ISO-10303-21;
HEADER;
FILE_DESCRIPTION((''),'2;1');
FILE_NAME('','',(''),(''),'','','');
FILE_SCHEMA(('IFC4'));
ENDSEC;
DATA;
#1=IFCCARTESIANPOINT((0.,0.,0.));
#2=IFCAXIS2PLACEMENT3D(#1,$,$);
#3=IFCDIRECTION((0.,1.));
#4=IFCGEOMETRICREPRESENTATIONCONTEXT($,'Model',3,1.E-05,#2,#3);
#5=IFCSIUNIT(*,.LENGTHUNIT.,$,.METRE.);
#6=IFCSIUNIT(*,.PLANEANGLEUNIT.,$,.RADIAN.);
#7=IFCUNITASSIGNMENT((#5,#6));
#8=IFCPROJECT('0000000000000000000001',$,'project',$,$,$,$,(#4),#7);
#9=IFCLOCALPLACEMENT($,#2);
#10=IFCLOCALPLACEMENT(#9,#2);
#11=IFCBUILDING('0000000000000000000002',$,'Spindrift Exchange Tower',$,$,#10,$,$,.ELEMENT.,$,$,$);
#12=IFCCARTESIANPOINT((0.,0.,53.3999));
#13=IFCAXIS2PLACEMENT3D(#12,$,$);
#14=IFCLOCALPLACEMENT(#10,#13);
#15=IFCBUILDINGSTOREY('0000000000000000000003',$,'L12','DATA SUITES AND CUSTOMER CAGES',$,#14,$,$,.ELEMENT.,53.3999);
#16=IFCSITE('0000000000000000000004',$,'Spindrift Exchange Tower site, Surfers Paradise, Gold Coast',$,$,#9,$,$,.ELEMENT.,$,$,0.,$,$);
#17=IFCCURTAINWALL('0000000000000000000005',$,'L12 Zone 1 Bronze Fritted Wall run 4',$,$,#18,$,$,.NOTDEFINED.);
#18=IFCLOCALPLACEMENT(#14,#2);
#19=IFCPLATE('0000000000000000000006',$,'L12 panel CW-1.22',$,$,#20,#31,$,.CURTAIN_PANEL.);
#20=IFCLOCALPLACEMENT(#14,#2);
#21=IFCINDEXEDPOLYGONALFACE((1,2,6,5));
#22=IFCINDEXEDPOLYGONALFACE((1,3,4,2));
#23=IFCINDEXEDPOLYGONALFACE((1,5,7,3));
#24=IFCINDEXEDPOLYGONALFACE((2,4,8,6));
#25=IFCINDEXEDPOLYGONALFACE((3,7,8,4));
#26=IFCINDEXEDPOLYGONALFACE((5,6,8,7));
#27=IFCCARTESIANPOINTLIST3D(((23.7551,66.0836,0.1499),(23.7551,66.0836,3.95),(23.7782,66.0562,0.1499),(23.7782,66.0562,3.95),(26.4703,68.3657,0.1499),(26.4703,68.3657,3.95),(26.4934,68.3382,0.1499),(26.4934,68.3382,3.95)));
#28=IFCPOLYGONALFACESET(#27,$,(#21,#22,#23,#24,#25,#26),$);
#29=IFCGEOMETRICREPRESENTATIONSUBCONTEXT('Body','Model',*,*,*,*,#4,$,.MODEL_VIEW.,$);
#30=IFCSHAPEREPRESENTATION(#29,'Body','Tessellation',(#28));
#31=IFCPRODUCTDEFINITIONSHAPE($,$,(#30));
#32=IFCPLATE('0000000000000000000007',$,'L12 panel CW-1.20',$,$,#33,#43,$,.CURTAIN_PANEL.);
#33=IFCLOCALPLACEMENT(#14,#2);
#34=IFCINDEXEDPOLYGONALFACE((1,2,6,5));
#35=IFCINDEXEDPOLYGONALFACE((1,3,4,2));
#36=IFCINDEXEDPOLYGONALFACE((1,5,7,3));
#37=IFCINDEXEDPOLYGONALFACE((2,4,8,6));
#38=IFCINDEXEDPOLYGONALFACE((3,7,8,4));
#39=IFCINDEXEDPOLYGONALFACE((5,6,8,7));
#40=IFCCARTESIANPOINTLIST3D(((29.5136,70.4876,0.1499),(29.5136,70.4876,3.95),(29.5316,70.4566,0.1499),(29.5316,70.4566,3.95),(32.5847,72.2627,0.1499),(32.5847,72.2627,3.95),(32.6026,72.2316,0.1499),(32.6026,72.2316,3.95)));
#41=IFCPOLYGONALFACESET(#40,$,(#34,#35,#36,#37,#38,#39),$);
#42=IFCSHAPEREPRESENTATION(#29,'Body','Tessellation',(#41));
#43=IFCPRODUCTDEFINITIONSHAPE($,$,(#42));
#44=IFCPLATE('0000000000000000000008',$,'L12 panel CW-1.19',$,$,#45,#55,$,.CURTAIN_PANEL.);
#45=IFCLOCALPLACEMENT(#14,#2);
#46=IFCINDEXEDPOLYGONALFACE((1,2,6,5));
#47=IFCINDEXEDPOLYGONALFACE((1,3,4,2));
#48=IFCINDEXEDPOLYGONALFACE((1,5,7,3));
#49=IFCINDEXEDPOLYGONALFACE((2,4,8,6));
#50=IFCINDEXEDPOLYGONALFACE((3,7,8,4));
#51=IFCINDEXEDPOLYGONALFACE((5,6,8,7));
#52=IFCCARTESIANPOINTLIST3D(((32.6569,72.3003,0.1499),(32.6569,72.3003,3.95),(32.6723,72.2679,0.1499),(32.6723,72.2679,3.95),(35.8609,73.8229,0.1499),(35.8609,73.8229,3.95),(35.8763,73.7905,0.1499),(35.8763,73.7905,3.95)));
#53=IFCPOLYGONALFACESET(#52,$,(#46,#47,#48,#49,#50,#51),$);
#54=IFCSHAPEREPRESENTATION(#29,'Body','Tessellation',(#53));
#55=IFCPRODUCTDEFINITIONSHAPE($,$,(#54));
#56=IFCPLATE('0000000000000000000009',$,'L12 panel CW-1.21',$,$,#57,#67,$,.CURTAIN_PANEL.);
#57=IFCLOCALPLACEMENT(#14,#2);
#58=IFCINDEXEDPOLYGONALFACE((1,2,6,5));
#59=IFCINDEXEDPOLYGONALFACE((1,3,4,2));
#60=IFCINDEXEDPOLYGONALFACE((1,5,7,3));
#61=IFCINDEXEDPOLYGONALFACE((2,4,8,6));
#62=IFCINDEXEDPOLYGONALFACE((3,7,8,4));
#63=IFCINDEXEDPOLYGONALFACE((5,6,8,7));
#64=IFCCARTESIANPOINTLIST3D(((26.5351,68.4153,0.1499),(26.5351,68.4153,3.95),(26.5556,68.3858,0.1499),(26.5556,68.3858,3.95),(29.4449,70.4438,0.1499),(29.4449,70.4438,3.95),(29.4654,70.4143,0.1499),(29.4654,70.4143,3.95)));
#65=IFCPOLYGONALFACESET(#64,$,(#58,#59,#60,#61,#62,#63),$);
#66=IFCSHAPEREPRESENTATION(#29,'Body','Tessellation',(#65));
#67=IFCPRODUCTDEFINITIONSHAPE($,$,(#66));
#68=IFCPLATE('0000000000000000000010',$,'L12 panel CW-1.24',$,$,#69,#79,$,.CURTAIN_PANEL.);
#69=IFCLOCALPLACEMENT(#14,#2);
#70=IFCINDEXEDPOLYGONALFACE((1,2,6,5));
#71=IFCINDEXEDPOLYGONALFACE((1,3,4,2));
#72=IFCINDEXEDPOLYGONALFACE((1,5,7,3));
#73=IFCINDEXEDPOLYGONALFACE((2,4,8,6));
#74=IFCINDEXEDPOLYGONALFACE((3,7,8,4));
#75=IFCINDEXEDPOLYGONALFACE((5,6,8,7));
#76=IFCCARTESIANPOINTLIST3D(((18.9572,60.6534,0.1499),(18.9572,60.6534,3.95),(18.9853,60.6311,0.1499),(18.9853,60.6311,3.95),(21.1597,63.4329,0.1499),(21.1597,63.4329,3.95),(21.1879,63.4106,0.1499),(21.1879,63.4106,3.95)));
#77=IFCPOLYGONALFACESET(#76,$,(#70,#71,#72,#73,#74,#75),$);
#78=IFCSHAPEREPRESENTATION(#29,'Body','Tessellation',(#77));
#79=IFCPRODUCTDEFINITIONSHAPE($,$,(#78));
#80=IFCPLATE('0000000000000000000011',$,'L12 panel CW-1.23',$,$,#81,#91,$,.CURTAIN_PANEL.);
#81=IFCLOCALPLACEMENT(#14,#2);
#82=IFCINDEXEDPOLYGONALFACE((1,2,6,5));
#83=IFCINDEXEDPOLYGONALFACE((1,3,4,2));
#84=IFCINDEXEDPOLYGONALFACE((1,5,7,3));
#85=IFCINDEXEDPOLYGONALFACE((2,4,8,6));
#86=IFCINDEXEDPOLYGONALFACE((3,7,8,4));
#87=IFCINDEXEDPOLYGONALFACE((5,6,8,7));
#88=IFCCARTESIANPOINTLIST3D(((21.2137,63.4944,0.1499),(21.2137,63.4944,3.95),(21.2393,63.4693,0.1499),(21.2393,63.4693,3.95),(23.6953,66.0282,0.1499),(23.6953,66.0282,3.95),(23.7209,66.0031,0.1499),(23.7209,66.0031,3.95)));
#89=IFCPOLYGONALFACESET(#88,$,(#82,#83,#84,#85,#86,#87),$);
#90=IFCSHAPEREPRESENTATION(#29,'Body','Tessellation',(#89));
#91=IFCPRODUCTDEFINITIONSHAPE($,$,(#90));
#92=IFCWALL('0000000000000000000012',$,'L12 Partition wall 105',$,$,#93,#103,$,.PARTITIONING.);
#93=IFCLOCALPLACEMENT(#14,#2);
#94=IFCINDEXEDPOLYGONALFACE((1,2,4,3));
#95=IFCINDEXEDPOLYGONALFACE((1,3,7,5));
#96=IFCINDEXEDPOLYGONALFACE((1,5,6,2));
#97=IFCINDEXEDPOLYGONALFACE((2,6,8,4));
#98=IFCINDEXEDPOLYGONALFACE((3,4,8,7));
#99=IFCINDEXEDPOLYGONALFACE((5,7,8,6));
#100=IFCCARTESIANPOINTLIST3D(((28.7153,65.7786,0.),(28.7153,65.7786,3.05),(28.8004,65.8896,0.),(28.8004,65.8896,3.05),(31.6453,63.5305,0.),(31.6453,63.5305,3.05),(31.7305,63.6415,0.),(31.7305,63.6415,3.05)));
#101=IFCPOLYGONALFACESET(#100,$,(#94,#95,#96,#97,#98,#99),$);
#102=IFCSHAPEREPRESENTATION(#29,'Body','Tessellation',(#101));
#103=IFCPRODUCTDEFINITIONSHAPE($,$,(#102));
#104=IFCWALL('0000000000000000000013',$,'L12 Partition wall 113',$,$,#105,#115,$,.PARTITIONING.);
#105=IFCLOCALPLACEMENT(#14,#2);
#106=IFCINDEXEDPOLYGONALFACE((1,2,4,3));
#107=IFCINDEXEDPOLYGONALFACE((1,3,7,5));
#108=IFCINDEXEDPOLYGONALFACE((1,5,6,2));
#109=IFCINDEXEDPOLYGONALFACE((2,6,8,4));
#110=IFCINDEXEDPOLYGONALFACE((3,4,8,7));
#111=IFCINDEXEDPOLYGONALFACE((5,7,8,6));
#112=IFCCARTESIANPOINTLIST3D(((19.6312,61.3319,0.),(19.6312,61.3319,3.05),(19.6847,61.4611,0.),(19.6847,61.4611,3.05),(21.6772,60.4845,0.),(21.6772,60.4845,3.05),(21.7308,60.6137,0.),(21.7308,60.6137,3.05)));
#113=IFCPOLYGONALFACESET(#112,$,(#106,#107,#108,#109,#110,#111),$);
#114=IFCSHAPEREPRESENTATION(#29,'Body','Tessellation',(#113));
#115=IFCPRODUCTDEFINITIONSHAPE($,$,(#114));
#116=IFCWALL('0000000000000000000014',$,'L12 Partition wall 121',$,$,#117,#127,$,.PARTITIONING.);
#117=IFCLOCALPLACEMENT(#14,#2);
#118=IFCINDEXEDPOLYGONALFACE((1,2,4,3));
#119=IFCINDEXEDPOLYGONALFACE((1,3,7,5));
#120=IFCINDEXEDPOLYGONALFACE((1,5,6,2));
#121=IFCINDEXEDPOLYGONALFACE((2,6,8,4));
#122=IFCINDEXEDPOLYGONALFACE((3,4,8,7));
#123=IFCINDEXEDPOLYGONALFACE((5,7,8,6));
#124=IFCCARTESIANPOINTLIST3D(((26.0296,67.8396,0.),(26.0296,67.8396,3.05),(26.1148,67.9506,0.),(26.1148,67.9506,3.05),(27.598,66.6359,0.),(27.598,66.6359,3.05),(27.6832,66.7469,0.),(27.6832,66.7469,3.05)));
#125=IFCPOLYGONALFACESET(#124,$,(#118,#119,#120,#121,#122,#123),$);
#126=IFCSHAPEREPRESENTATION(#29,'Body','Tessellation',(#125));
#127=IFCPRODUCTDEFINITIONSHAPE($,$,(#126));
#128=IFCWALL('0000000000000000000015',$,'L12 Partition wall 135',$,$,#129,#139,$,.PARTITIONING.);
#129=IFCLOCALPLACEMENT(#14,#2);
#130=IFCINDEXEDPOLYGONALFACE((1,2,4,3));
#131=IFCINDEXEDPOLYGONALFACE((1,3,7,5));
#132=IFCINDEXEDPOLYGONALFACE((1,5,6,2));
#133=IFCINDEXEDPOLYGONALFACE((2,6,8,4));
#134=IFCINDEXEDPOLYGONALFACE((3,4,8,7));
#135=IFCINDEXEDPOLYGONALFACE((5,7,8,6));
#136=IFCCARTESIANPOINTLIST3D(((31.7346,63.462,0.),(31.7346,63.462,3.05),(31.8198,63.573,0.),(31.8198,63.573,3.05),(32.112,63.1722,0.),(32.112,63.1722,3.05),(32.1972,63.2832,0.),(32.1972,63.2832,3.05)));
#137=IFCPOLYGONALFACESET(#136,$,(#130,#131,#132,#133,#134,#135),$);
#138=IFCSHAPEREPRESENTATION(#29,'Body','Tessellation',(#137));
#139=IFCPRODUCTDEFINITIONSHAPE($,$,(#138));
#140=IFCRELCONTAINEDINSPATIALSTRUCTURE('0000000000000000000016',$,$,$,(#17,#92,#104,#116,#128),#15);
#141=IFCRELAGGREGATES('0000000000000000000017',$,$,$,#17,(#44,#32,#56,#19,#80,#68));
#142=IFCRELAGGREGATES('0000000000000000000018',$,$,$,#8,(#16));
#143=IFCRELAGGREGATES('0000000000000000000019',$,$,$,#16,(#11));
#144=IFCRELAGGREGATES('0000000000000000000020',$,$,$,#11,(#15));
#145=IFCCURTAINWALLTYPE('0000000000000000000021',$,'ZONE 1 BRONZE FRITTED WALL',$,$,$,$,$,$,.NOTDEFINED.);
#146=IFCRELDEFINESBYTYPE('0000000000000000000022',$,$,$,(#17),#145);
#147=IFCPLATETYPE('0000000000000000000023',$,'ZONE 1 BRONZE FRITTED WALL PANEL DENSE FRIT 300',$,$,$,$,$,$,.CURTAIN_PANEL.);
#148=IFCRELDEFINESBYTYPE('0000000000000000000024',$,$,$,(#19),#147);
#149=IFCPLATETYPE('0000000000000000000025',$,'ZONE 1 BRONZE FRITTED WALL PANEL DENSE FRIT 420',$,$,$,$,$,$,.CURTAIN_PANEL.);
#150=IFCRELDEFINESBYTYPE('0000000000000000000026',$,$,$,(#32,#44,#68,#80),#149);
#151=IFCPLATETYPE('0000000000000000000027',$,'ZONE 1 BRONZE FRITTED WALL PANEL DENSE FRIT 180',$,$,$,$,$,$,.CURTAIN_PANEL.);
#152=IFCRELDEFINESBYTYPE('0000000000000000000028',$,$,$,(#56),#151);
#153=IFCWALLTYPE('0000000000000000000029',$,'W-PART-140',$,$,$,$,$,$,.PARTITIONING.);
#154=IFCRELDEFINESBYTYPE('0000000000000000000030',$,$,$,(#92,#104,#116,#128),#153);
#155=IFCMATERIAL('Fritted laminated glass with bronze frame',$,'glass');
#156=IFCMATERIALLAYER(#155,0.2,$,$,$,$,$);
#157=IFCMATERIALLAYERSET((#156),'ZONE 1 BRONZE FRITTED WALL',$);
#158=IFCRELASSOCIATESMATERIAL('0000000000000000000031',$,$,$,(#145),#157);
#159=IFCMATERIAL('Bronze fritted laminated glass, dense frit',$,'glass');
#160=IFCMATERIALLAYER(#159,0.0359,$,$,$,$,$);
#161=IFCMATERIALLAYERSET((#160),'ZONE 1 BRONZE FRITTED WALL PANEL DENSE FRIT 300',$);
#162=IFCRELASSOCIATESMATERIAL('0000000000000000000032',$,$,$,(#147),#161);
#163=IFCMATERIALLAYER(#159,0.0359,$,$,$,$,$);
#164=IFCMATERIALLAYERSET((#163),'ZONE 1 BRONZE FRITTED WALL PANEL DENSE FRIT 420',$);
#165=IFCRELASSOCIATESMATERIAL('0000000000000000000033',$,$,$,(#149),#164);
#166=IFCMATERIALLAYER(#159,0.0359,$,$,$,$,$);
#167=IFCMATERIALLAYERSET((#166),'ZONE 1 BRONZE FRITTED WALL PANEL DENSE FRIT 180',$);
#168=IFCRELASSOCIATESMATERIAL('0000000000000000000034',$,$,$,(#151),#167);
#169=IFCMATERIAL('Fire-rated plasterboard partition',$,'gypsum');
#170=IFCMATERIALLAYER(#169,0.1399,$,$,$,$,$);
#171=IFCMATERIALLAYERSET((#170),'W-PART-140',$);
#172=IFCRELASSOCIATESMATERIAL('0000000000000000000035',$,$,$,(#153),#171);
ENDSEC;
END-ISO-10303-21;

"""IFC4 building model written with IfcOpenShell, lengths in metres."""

from ifc_helpers import new_model, si_unit, direction, frame, frame_2d, origin, origin_2d, place, context, subcontext, project, spatial, rectangle, extrude, source, transform, mapped, material, layer, layer_set, type_object, element, aggregate, save


model = new_model("IFC4")

# Units and contexts
model_context = context("Model", 3, precision=1e-05, world=origin(), true_north=direction((0.0, 1.0)))
body_context = subcontext(model_context, "Body", "Model", "MODEL_VIEW")
ifc_project = project(units=[si_unit("LENGTHUNIT", "METRE"), si_unit("PLANEANGLEUNIT", "RADIAN")], contexts=[model_context])

# Site, building, storey
site_placement = place(None, origin())
site = spatial("IfcSite", under=ifc_project, at=site_placement, Name="Spindrift Exchange Tower site, Surfers Paradise, Gold Coast", CompositionType="ELEMENT", RefElevation=0.0)
building_placement = place(site_placement, origin())
building = spatial("IfcBuilding", under=site, at=building_placement, Name="Spindrift Exchange Tower", CompositionType="ELEMENT")
storey_placement = place(building_placement, frame((0.0, 0.0, 53.3999)))
storey = spatial("IfcBuildingStorey", under=building, at=storey_placement, Name="L12", Description="DATA SUITES AND CUSTOMER CAGES", CompositionType="ELEMENT", Elevation=53.3999)

# Curtain wall
ifc_material_1 = material(Name="Fritted laminated glass with bronze frame", Category="glass")
ifc_layer_1 = layer(ifc_material_1, 0.2)
ifc_layer_set_1 = layer_set([ifc_layer_1], Name="ZONE 1 BRONZE FRITTED WALL")
curtain_wall_type = type_object("IfcCurtainWallType", Name="ZONE 1 BRONZE FRITTED WALL", PredefinedType="NOTDEFINED", material=ifc_layer_set_1)
curtain_wall_1_placement = place(storey_placement, origin())
curtain_wall_1 = element("IfcCurtainWall", 1, at=curtain_wall_1_placement, inside=storey, type_object=curtain_wall_type, Name="L12 Zone 1 Bronze Fritted Wall run 4", PredefinedType="NOTDEFINED")

# Plates
ifc_material_2 = material(Name="Bronze fritted laminated glass, dense frit", Category="glass")
ifc_layer_2 = layer(ifc_material_2, 0.0359)
ifc_layer_set_2 = layer_set([ifc_layer_2], Name="ZONE 1 BRONZE FRITTED WALL PANEL DENSE FRIT 300")
plate_type_1 = type_object("IfcPlateType", Name="ZONE 1 BRONZE FRITTED WALL PANEL DENSE FRIT 300", PredefinedType="CURTAIN_PANEL", material=ifc_layer_set_2)
shared_shape_1 = source(origin(), body_context, "Body", "SweptSolid", [
    extrude(rectangle(XDim=3.5469, YDim=0.0359, at=origin_2d()), origin(), (0.0, 0.0, 1.0), 3.8),
])
plate_1_placement = place(storey_placement, frame((25.1243, 67.2109, 0.1499), z_axis=(0.0, 0.0, 1.0), x_axis=(-0.765523, -0.643409, 0.0)))
plate_1 = element("IfcPlate", 2, at=plate_1_placement, type_object=plate_type_1, Name="L12 panel CW-1.22", PredefinedType="CURTAIN_PANEL", context=body_context, shape_type="MappedRepresentation", body=[
    mapped(shared_shape_1, transform((0.0, 0.0, 0.0), scale=1.0)),
])
ifc_layer_3 = layer(ifc_material_2, 0.0359)
ifc_layer_set_3 = layer_set([ifc_layer_3], Name="ZONE 1 BRONZE FRITTED WALL PANEL DENSE FRIT 420")
plate_type_2 = type_object("IfcPlateType", Name="ZONE 1 BRONZE FRITTED WALL PANEL DENSE FRIT 420", PredefinedType="CURTAIN_PANEL", material=ifc_layer_set_3)
shared_shape_2 = source(origin(), body_context, "Body", "SweptSolid", [
    extrude(rectangle(XDim=3.5471, YDim=0.0359, at=origin_2d()), origin(), (0.0, 0.0, 1.0), 3.8),
])
plate_2_placement = place(storey_placement, frame((31.0581, 71.3596, 0.1499), z_axis=(0.0, 0.0, 1.0), x_axis=(-0.865788, -0.500411, 0.0)))
plate_2 = element("IfcPlate", 3, at=plate_2_placement, type_object=plate_type_2, Name="L12 panel CW-1.20", PredefinedType="CURTAIN_PANEL", context=body_context, shape_type="MappedRepresentation", body=[
    mapped(shared_shape_2, transform((0.0, 0.0, 0.0), scale=1.0)),
])
shared_shape_3 = source(origin(), body_context, "Body", "SweptSolid", [
    extrude(rectangle(XDim=3.5474, YDim=0.0359, at=origin_2d()), origin(), (0.0, 0.0, 1.0), 3.8),
])
plate_3_placement = place(storey_placement, frame((34.2666, 73.0454, 0.1499), z_axis=(0.0, 0.0, 1.0), x_axis=(-0.903202, -0.429216, 0.0)))
plate_3 = element("IfcPlate", 4, at=plate_3_placement, type_object=plate_type_2, Name="L12 panel CW-1.19", PredefinedType="CURTAIN_PANEL", context=body_context, shape_type="MappedRepresentation", body=[
    mapped(shared_shape_3, transform((0.0, 0.0, 0.0), scale=1.0)),
])
ifc_layer_4 = layer(ifc_material_2, 0.0359)
ifc_layer_set_4 = layer_set([ifc_layer_4], Name="ZONE 1 BRONZE FRITTED WALL PANEL DENSE FRIT 180")
plate_type_3 = type_object("IfcPlateType", Name="ZONE 1 BRONZE FRITTED WALL PANEL DENSE FRIT 180", PredefinedType="CURTAIN_PANEL", material=ifc_layer_set_4)
shared_shape_4 = source(origin(), body_context, "Body", "SweptSolid", [
    extrude(rectangle(XDim=3.5471, YDim=0.0359, at=origin_2d()), origin(), (0.0, 0.0, 1.0), 3.8),
])
plate_4_placement = place(storey_placement, frame((28.0002, 69.4148, 0.1499), z_axis=(0.0, 0.0, 1.0), x_axis=(-0.820342, -0.571874, 0.0)))
plate_4 = element("IfcPlate", 5, at=plate_4_placement, type_object=plate_type_3, Name="L12 panel CW-1.21", PredefinedType="CURTAIN_PANEL", context=body_context, shape_type="MappedRepresentation", body=[
    mapped(shared_shape_4, transform((0.0, 0.0, 0.0), scale=1.0)),
])
shared_shape_5 = source(origin(), body_context, "Body", "SweptSolid", [
    extrude(rectangle(XDim=3.5464, YDim=0.0359, at=origin_2d()), origin(), (0.0, 0.0, 1.0), 3.8),
])
plate_5_placement = place(storey_placement, frame((20.0725, 62.032, 0.1499), z_axis=(0.0, 0.0, 1.0), x_axis=(-0.621079, -0.783748, 0.0)))
plate_5 = element("IfcPlate", 6, at=plate_5_placement, type_object=plate_type_2, Name="L12 panel CW-1.24", PredefinedType="CURTAIN_PANEL", context=body_context, shape_type="MappedRepresentation", body=[
    mapped(shared_shape_5, transform((0.0, 0.0, 0.0), scale=1.0)),
])
shared_shape_6 = source(origin(), body_context, "Body", "SweptSolid", [
    extrude(rectangle(XDim=3.5466, YDim=0.0359, at=origin_2d()), origin(), (0.0, 0.0, 1.0), 3.8),
])
plate_6_placement = place(storey_placement, frame((22.4673, 64.7488, 0.1499), z_axis=(0.0, 0.0, 1.0), x_axis=(-0.699706, -0.714431, 0.0)))
plate_6 = element("IfcPlate", 7, at=plate_6_placement, type_object=plate_type_2, Name="L12 panel CW-1.23", PredefinedType="CURTAIN_PANEL", context=body_context, shape_type="MappedRepresentation", body=[
    mapped(shared_shape_6, transform((0.0, 0.0, 0.0), scale=1.0)),
])
aggregate(curtain_wall_1, [plate_3, plate_2, plate_4, plate_1, plate_6, plate_5])

# Walls
ifc_material_3 = material(Name="Fire-rated plasterboard partition", Category="gypsum")
ifc_layer_5 = layer(ifc_material_3, 0.1399)
ifc_layer_set_5 = layer_set([ifc_layer_5], Name="W-PART-140")
wall_type = type_object("IfcWallType", Name="W-PART-140", PredefinedType="PARTITIONING", material=ifc_layer_set_5)
wall_1_placement = place(storey_placement, frame((31.688, 63.5859, 0.0), z_axis=(0.0, 0.0, 1.0), x_axis=(-0.793375, 0.608733, 0.0)))
element("IfcWall", 8, at=wall_1_placement, inside=storey, type_object=wall_type, Name="L12 Partition wall 105", PredefinedType="PARTITIONING", context=body_context, shape_type="SweptSolid", body=[
    extrude(rectangle(XDim=3.6931, YDim=0.1399, at=frame_2d((1.8467, 0.0))), origin(), (0.0, 0.0, 1.0), 3.05),
])
wall_2_placement = place(storey_placement, frame((21.7041, 60.5491, 0.0), z_axis=(0.0, 0.0, 1.0), x_axis=(-0.9239, 0.382634, 0.0)))
element("IfcWall", 9, at=wall_2_placement, inside=storey, type_object=wall_type, Name="L12 Partition wall 113", PredefinedType="PARTITIONING", context=body_context, shape_type="SweptSolid", body=[
    extrude(rectangle(XDim=2.2146, YDim=0.1399, at=frame_2d((1.1074, 0.0))), origin(), (0.0, 0.0, 1.0), 3.05),
])
wall_3_placement = place(storey_placement, frame((27.6406, 66.6914, 0.0), z_axis=(0.0, 0.0, 1.0), x_axis=(-0.793312, 0.608815, 0.0)))
element("IfcWall", 10, at=wall_3_placement, inside=storey, type_object=wall_type, Name="L12 Partition wall 121", PredefinedType="PARTITIONING", context=body_context, shape_type="SweptSolid", body=[
    extrude(rectangle(XDim=1.9771, YDim=0.1399, at=frame_2d((0.9885, 0.0))), origin(), (0.0, 0.0, 1.0), 3.05),
])
wall_4_placement = place(storey_placement, frame((32.1545, 63.2278, 0.0), z_axis=(0.0, 0.0, 1.0), x_axis=(-0.793177, 0.608991, 0.0)))
element("IfcWall", 11, at=wall_4_placement, inside=storey, type_object=wall_type, Name="L12 Partition wall 135", PredefinedType="PARTITIONING", context=body_context, shape_type="SweptSolid", body=[
    extrude(rectangle(XDim=0.4758, YDim=0.1399, at=frame_2d((0.2378, 0.0))), origin(), (0.0, 0.0, 1.0), 3.05),
])

save(model, "model.ifc")
